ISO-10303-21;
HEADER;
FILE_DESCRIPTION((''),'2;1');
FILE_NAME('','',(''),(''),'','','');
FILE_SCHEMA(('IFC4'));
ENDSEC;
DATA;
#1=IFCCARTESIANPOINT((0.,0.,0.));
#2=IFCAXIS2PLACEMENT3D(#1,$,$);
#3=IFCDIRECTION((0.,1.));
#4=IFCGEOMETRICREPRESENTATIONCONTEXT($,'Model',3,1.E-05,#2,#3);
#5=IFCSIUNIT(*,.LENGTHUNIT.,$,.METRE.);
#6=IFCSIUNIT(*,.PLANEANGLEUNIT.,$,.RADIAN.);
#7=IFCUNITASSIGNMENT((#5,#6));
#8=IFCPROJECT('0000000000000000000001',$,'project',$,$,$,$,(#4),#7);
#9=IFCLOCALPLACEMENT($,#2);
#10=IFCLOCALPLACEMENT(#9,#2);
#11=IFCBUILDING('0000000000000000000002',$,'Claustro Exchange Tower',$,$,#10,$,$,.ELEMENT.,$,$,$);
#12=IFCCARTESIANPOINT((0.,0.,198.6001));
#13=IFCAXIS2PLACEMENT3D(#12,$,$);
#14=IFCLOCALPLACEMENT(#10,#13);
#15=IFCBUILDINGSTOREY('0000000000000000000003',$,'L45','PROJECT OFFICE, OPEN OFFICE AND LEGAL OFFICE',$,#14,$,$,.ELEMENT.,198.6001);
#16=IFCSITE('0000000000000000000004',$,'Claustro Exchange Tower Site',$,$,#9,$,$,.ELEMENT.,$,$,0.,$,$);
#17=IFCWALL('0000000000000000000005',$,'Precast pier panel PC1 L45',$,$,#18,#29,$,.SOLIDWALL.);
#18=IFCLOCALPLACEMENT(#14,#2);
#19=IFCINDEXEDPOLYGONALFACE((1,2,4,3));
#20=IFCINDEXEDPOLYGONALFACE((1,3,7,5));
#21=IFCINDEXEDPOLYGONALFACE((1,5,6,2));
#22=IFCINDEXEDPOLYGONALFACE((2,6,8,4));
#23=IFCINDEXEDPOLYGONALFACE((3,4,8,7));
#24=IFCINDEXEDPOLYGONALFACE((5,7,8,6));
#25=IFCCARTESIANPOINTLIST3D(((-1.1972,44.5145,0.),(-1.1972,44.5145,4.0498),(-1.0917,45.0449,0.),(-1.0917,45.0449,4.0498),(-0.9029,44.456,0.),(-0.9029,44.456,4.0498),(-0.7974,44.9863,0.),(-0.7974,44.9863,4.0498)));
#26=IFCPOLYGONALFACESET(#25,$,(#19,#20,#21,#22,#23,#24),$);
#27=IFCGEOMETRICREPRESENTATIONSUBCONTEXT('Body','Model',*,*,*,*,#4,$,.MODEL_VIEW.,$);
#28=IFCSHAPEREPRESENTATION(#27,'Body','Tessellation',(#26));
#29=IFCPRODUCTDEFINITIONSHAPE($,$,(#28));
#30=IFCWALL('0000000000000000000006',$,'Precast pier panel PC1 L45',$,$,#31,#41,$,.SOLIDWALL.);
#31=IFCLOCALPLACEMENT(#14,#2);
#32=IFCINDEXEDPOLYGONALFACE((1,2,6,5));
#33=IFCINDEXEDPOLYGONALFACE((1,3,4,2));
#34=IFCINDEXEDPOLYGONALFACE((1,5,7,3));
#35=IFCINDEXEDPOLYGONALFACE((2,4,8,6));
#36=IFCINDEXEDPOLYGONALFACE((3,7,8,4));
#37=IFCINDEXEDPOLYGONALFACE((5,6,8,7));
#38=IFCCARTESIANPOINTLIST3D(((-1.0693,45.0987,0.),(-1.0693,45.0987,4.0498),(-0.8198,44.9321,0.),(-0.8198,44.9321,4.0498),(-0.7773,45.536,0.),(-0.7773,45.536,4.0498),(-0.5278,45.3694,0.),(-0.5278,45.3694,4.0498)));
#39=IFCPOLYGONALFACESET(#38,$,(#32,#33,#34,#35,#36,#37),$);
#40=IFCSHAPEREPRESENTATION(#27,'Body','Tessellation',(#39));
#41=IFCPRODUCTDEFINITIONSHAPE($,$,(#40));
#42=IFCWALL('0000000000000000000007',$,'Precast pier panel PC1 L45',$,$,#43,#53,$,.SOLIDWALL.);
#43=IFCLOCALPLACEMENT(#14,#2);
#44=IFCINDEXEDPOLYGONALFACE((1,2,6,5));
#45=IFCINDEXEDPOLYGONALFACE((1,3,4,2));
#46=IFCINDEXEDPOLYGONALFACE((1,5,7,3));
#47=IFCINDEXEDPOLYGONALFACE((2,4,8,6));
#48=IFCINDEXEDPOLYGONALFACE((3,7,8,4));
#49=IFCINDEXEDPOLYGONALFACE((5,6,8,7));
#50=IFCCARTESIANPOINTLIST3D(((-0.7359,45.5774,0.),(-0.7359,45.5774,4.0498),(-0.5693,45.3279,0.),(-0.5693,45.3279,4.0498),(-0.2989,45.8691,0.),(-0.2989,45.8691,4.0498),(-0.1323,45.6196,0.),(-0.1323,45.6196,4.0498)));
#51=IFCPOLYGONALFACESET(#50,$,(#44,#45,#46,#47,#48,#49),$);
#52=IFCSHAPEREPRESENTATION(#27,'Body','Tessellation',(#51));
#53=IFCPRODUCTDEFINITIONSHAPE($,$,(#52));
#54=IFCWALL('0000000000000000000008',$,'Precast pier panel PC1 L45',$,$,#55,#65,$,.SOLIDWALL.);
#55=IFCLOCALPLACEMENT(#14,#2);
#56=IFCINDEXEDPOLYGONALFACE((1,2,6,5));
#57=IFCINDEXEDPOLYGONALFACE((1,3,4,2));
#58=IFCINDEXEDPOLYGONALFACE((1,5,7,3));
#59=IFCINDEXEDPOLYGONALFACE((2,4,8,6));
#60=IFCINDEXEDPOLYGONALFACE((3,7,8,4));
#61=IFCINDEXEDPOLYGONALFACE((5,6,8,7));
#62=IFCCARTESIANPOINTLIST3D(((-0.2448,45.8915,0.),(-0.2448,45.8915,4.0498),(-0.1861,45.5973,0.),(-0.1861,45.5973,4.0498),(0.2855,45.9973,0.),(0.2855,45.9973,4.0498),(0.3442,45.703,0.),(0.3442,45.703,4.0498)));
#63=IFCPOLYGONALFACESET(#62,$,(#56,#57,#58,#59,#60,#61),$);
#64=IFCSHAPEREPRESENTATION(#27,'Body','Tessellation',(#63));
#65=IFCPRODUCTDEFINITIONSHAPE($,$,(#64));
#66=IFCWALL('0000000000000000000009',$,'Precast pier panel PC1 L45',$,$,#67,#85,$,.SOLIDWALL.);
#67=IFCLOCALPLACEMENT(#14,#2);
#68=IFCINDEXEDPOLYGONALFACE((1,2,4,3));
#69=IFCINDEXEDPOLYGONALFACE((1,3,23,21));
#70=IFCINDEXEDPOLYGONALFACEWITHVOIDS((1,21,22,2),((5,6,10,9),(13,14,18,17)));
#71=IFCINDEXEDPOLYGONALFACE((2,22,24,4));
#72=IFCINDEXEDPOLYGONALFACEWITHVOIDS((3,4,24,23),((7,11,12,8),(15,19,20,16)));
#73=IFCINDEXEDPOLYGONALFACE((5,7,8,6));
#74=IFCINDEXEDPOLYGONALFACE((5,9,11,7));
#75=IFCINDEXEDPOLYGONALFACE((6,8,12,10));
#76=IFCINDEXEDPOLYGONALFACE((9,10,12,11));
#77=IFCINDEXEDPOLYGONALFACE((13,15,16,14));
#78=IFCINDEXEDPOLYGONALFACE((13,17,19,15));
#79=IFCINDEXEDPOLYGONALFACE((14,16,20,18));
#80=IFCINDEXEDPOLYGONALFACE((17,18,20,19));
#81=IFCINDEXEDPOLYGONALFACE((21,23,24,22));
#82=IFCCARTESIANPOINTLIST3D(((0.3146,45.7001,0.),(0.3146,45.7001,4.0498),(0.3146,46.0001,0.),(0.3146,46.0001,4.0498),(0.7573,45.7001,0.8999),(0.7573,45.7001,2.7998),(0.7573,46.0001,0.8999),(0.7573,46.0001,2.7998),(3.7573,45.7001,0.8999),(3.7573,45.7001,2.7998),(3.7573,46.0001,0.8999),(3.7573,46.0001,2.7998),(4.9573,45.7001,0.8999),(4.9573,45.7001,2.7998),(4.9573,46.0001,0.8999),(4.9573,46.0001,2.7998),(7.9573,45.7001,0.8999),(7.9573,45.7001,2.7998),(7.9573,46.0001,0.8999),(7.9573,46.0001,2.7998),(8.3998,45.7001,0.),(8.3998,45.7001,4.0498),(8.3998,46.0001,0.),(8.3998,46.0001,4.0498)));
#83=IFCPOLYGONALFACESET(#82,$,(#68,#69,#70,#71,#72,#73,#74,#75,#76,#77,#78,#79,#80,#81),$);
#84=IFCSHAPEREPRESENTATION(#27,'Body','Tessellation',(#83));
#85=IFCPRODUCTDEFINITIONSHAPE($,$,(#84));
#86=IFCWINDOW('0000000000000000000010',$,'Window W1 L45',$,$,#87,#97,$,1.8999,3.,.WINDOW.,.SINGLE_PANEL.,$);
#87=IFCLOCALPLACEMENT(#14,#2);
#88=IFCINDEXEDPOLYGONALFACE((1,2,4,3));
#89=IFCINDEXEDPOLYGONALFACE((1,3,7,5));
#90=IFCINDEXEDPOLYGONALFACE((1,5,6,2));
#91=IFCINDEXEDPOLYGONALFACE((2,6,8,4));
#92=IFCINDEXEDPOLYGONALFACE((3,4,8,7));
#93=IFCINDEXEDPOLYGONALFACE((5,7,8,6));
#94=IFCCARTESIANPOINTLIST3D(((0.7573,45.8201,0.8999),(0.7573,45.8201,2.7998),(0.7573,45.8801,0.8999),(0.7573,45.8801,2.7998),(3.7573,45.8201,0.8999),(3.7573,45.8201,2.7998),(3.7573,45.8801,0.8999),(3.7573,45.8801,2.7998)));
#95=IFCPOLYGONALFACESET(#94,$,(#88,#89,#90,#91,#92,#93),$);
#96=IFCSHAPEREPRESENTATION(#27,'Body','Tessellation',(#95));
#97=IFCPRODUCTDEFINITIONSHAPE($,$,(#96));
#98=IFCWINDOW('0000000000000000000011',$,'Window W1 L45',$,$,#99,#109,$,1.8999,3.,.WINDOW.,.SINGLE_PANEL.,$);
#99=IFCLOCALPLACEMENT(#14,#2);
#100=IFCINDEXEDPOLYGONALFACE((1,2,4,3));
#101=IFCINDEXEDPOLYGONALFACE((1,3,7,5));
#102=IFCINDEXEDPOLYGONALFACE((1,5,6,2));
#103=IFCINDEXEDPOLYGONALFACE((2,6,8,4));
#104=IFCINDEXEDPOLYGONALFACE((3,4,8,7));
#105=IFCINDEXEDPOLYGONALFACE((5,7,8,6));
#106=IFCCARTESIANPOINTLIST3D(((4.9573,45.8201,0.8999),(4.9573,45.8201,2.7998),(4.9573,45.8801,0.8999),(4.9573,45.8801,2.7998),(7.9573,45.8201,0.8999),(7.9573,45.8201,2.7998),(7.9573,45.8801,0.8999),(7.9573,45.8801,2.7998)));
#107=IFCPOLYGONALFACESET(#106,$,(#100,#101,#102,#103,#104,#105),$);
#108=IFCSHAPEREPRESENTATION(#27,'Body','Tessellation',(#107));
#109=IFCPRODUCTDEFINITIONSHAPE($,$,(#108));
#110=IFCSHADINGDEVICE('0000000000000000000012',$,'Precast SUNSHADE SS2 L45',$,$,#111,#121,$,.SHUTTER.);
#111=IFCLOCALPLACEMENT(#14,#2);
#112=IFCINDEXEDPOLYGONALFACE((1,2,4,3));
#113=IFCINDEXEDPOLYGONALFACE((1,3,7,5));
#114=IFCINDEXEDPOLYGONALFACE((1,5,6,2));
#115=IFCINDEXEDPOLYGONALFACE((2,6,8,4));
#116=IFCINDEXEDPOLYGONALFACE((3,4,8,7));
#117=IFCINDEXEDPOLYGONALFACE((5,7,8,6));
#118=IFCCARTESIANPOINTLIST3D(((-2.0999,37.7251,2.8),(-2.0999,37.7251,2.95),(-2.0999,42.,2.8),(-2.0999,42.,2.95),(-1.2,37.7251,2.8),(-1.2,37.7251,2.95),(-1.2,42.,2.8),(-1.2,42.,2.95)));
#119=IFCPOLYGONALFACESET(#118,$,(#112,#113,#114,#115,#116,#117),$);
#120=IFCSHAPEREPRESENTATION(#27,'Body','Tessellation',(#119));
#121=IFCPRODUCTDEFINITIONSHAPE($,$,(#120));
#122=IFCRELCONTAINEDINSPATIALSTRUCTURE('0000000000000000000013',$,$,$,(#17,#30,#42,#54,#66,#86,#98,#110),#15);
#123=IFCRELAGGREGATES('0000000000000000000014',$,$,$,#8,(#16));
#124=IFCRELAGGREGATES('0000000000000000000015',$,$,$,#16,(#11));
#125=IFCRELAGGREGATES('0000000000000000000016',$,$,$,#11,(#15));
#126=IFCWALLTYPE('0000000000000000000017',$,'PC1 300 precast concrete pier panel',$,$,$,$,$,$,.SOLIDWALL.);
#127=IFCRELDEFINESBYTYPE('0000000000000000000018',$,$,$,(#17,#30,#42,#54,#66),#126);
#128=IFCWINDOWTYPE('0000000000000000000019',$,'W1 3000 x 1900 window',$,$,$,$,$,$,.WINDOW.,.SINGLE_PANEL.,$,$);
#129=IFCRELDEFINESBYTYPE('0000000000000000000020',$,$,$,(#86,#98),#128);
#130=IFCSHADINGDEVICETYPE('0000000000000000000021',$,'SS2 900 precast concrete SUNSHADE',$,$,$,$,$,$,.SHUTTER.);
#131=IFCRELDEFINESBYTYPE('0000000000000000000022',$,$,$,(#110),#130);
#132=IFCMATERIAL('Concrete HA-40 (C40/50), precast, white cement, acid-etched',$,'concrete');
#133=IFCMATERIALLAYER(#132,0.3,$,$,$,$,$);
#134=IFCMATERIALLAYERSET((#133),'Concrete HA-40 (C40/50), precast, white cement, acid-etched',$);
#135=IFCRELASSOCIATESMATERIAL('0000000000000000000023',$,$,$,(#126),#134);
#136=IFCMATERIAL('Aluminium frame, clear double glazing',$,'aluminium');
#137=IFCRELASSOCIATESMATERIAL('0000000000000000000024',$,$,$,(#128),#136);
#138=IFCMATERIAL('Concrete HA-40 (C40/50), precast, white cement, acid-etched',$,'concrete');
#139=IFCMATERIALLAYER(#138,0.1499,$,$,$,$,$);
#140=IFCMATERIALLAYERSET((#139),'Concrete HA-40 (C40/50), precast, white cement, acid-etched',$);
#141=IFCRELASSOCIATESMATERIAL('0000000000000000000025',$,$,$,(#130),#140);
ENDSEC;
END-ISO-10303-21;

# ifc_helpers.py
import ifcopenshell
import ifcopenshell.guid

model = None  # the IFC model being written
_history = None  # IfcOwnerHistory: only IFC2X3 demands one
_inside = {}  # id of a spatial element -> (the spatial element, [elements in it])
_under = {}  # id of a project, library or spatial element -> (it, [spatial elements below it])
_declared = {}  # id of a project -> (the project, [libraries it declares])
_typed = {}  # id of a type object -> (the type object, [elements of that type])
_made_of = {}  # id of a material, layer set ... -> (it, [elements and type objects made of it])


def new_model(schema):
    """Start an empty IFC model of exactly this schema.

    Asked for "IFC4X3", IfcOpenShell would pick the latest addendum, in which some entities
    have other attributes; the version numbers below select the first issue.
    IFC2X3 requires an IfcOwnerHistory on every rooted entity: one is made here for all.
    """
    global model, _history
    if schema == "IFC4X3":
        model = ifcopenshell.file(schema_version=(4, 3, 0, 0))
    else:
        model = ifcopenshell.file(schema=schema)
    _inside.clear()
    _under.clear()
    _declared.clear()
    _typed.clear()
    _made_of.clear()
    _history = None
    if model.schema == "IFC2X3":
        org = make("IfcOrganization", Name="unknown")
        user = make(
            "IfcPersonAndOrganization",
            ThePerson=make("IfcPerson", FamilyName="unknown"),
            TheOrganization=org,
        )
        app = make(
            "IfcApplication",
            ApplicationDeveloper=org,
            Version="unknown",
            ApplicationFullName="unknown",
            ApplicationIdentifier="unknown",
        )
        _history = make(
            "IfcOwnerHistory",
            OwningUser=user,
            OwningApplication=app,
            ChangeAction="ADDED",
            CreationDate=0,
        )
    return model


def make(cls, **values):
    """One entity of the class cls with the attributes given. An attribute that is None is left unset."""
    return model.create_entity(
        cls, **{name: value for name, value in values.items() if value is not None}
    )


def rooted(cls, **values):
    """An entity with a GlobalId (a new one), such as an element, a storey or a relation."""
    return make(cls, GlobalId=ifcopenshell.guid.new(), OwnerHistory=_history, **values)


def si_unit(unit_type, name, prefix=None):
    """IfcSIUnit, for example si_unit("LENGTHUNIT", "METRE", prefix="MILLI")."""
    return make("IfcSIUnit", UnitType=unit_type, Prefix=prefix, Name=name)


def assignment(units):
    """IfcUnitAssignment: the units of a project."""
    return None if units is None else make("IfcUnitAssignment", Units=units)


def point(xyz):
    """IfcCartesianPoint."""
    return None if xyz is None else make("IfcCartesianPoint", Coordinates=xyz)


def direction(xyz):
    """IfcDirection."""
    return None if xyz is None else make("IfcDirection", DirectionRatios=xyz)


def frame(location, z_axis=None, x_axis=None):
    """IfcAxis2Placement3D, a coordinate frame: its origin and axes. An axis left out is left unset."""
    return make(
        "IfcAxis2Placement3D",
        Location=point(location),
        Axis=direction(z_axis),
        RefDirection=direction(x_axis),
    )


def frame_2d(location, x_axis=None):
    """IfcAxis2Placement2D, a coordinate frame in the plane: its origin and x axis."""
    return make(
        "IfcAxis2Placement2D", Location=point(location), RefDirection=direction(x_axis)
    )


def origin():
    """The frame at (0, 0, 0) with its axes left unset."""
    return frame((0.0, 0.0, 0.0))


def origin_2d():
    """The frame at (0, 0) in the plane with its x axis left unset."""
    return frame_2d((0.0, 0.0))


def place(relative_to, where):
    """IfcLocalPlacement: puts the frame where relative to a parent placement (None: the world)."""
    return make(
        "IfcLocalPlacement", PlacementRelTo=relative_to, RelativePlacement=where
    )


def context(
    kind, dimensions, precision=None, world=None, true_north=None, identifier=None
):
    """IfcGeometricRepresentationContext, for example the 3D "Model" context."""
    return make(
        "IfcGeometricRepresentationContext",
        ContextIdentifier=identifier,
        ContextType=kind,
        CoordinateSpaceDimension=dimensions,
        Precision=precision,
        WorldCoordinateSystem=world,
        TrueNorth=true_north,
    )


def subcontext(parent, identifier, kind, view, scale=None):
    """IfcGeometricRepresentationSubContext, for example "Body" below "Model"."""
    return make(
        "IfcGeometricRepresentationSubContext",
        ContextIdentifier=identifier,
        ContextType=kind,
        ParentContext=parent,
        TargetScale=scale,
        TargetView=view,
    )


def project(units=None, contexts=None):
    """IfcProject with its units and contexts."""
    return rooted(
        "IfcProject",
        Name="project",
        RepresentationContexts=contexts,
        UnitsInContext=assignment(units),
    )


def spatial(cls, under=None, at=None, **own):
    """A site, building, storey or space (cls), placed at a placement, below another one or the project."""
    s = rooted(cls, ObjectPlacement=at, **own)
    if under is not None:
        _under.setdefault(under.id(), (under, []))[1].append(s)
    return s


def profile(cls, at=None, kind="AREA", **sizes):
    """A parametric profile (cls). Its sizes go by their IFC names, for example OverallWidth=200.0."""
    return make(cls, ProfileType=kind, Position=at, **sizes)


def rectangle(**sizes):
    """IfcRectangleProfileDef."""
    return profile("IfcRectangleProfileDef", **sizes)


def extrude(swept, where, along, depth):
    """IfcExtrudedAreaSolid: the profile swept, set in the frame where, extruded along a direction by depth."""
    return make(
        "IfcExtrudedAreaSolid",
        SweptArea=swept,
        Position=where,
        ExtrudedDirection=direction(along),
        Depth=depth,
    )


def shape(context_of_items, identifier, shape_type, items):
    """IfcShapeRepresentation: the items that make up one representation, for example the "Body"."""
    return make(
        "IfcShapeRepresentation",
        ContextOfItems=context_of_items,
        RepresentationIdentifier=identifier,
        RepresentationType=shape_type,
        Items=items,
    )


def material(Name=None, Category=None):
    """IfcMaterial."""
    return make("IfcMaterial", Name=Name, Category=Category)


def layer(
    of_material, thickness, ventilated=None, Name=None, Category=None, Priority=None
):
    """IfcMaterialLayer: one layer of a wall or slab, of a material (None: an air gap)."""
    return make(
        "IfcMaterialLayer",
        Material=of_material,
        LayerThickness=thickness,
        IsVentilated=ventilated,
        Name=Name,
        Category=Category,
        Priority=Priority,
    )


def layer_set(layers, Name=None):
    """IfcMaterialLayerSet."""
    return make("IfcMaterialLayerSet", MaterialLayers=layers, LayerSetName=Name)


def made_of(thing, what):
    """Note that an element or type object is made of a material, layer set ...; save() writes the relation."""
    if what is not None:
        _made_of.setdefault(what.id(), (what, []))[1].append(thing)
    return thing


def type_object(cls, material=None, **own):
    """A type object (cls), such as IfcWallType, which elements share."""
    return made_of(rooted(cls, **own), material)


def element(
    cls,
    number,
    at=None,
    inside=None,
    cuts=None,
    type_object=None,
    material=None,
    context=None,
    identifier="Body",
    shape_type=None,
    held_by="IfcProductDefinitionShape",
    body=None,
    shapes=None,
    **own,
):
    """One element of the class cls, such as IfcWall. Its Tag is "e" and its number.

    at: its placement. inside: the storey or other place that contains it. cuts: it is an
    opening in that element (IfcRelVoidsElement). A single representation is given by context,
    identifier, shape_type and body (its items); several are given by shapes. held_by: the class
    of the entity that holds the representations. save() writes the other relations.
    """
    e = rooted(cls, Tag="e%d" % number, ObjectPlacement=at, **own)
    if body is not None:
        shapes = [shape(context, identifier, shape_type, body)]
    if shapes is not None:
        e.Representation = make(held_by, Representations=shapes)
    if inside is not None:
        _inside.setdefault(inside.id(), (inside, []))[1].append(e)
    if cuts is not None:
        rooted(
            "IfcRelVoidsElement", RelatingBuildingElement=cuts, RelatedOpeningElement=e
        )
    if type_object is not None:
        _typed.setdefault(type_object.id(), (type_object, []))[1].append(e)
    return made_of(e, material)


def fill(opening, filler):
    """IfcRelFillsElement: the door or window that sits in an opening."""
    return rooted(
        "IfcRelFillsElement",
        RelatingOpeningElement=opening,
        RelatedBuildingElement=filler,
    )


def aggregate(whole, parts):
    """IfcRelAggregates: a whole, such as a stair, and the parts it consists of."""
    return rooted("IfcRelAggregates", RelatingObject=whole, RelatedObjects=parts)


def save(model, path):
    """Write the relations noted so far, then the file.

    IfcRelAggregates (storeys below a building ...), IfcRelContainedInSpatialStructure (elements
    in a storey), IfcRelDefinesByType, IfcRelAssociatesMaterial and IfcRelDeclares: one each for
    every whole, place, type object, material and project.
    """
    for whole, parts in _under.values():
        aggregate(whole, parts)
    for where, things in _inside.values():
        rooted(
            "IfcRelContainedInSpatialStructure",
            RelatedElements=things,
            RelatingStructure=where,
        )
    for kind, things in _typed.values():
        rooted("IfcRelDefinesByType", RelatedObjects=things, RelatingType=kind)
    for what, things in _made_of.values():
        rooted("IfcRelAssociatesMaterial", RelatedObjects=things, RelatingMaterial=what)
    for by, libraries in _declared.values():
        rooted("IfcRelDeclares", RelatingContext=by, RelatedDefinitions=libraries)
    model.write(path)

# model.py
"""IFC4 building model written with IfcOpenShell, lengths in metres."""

from ifc_helpers import new_model, si_unit, direction, frame, frame_2d, origin, origin_2d, place, context, subcontext, project, spatial, rectangle, extrude, material, layer, layer_set, type_object, element, fill, save


model = new_model("IFC4")

# Units and contexts
model_context = context("Model", 3, precision=1e-05, world=origin(), true_north=direction((0.0, 1.0)))
body_context = subcontext(model_context, "Body", "Model", "MODEL_VIEW")
ifc_project = project(units=[si_unit("LENGTHUNIT", "METRE"), si_unit("PLANEANGLEUNIT", "RADIAN")], contexts=[model_context])

# Site, building, storey
site_placement = place(None, origin())
site = spatial("IfcSite", under=ifc_project, at=site_placement, Name="Claustro Exchange Tower Site", CompositionType="ELEMENT", RefElevation=0.0)
building_placement = place(site_placement, origin())
building = spatial("IfcBuilding", under=site, at=building_placement, Name="Claustro Exchange Tower", CompositionType="ELEMENT")
storey_placement = place(building_placement, frame((0.0, 0.0, 198.6001)))
storey = spatial("IfcBuildingStorey", under=building, at=storey_placement, Name="L45", Description="PROJECT OFFICE, OPEN OFFICE AND LEGAL OFFICE", CompositionType="ELEMENT", Elevation=198.6001)

# Shared definitions
ifc_material_1 = material(Name="Concrete HA-40 (C40/50), precast, white cement, acid-etched", Category="concrete")
ifc_layer_1 = layer(ifc_material_1, 0.3)
ifc_layer_set_1 = layer_set([ifc_layer_1], Name="Concrete HA-40 (C40/50), precast, white cement, acid-etched")
wall_type_1 = type_object("IfcWallType", Name="PC1 300 precast concrete pier panel", PredefinedType="SOLIDWALL", material=ifc_layer_set_1)

# Walls
wall_1_placement = place(storey_placement, frame((-1.05, 44.4851, 0.0), z_axis=(0.0, 0.0, 1.0), x_axis=(0.195074, 0.980789, 0.0)))
element("IfcWall", 1, at=wall_1_placement, inside=storey, type_object=wall_type_1, Name="Precast pier panel PC1 L45", PredefinedType="SOLIDWALL", context=body_context, shape_type="SweptSolid", body=[
    extrude(rectangle(XDim=0.5408, YDim=0.3, at=frame_2d((0.2705, 0.0))), origin(), (0.0, 0.0, 1.0), 4.0498),
])
wall_2_placement = place(storey_placement, frame((-0.9446, 45.0154, 0.0), z_axis=(0.0, 0.0, 1.0), x_axis=(0.555343, 0.831621, 0.0)))
element("IfcWall", 2, at=wall_2_placement, inside=storey, type_object=wall_type_1, Name="Precast pier panel PC1 L45", PredefinedType="SOLIDWALL", context=body_context, shape_type="SweptSolid", body=[
    extrude(rectangle(XDim=0.5259, YDim=0.3, at=frame_2d((0.2629, 0.0))), origin(), (0.0, 0.0, 1.0), 4.0498),
])
wall_3_placement = place(storey_placement, frame((-0.6526, 45.4526, 0.0), z_axis=(0.0, 0.0, 1.0), x_axis=(0.831693, 0.555236, 0.0)))
element("IfcWall", 3, at=wall_3_placement, inside=storey, type_object=wall_type_1, Name="Precast pier panel PC1 L45", PredefinedType="SOLIDWALL", context=body_context, shape_type="SweptSolid", body=[
    extrude(rectangle(XDim=0.5254, YDim=0.3, at=frame_2d((0.2627, 0.0))), origin(), (0.0, 0.0, 1.0), 4.0498),
])
wall_4_placement = place(storey_placement, frame((-0.2156, 45.7444, 0.0), z_axis=(0.0, 0.0, 1.0), x_axis=(0.980702, 0.195508, 0.0)))
element("IfcWall", 4, at=wall_4_placement, inside=storey, type_object=wall_type_1, Name="Precast pier panel PC1 L45", PredefinedType="SOLIDWALL", context=body_context, shape_type="SweptSolid", body=[
    extrude(rectangle(XDim=0.5408, YDim=0.3, at=frame_2d((0.2705, 0.0))), origin(), (0.0, 0.0, 1.0), 4.0498),
])

# Wall, openings, windows
wall_5_placement = place(storey_placement, frame((0.3147, 45.8501, 0.0), z_axis=(0.0, 0.0, 1.0), x_axis=(1.0, 0.0, 0.0)))
wall_5 = element("IfcWall", 5, at=wall_5_placement, inside=storey, type_object=wall_type_1, Name="Precast pier panel PC1 L45", PredefinedType="SOLIDWALL", context=body_context, shape_type="SweptSolid", body=[
    extrude(rectangle(XDim=8.0852, YDim=0.3, at=frame_2d((4.0425, 0.0))), origin(), (0.0, 0.0, 1.0), 4.0498),
])
opening_1_placement = place(wall_5_placement, frame((0.4426, 0.0, 0.8999)))
opening_1 = element("IfcOpeningElement", 6, at=opening_1_placement, cuts=wall_5, PredefinedType="OPENING", context=body_context, shape_type="SweptSolid", body=[
    extrude(rectangle(XDim=3.0, YDim=1.8999, at=frame_2d((1.5, 0.95))), frame((0.0, 0.1599, 0.0), z_axis=(0.0, -1.0, 0.0), x_axis=(1.0, 0.0, 0.0)), (0.0, 0.0, 1.0), 0.3201),
])
opening_2_placement = place(wall_5_placement, frame((4.6426, 0.0, 0.8999)))
opening_2 = element("IfcOpeningElement", 7, at=opening_2_placement, cuts=wall_5, PredefinedType="OPENING", context=body_context, shape_type="SweptSolid", body=[
    extrude(rectangle(XDim=3.0, YDim=1.8999, at=frame_2d((1.5, 0.95))), frame((0.0, 0.1599, 0.0), z_axis=(0.0, -1.0, 0.0), x_axis=(1.0, 0.0, 0.0)), (0.0, 0.0, 1.0), 0.3201),
])
ifc_material_2 = material(Name="Aluminium frame, clear double glazing", Category="aluminium")
window_type_1 = type_object("IfcWindowType", Name="W1 3000 x 1900 window", PartitioningType="SINGLE_PANEL", PredefinedType="WINDOW", material=ifc_material_2)
window_1_placement = place(opening_1_placement, origin())
window_1 = element("IfcWindow", 8, at=window_1_placement, inside=storey, type_object=window_type_1, Name="Window W1 L45", OverallHeight=1.8999, OverallWidth=3.0, PartitioningType="SINGLE_PANEL", PredefinedType="WINDOW", context=body_context, shape_type="SweptSolid", body=[
    extrude(rectangle(XDim=3.0, YDim=1.8999, at=frame_2d((1.5, 0.95))), frame((0.0, 0.03, 0.0), z_axis=(0.0, -1.0, 0.0), x_axis=(1.0, 0.0, 0.0)), (0.0, 0.0, 1.0), 0.0601),
])
fill(opening_1, window_1)
window_2_placement = place(opening_2_placement, origin())
window_2 = element("IfcWindow", 9, at=window_2_placement, inside=storey, type_object=window_type_1, Name="Window W1 L45", OverallHeight=1.8999, OverallWidth=3.0, PartitioningType="SINGLE_PANEL", PredefinedType="WINDOW", context=body_context, shape_type="SweptSolid", body=[
    extrude(rectangle(XDim=3.0, YDim=1.8999, at=frame_2d((1.5, 0.95))), frame((0.0, 0.03, 0.0), z_axis=(0.0, -1.0, 0.0), x_axis=(1.0, 0.0, 0.0)), (0.0, 0.0, 1.0), 0.0601),
])
fill(opening_2, window_2)

# Shading device
ifc_material_3 = material(Name="Concrete HA-40 (C40/50), precast, white cement, acid-etched", Category="concrete")
ifc_layer_2 = layer(ifc_material_3, 0.1499)
ifc_layer_set_2 = layer_set([ifc_layer_2], Name="Concrete HA-40 (C40/50), precast, white cement, acid-etched")
shading_device_type = type_object("IfcShadingDeviceType", Name="SS2 900 precast concrete SUNSHADE", PredefinedType="SHUTTER", material=ifc_layer_set_2)
shading_device_placement = place(storey_placement, frame((-1.6499, 39.8625, 2.8), z_axis=(0.0, 0.0, 1.0), x_axis=(0.0, 1.0, 0.0)))
element("IfcShadingDevice", 10, at=shading_device_placement, inside=storey, type_object=shading_device_type, Name="Precast SUNSHADE SS2 L45", PredefinedType="SHUTTER", context=body_context, shape_type="SweptSolid", body=[
    extrude(rectangle(XDim=4.2749, YDim=0.8999, at=origin_2d()), origin(), (0.0, 0.0, 1.0), 0.1499),
])

save(model, "model.ifc")
